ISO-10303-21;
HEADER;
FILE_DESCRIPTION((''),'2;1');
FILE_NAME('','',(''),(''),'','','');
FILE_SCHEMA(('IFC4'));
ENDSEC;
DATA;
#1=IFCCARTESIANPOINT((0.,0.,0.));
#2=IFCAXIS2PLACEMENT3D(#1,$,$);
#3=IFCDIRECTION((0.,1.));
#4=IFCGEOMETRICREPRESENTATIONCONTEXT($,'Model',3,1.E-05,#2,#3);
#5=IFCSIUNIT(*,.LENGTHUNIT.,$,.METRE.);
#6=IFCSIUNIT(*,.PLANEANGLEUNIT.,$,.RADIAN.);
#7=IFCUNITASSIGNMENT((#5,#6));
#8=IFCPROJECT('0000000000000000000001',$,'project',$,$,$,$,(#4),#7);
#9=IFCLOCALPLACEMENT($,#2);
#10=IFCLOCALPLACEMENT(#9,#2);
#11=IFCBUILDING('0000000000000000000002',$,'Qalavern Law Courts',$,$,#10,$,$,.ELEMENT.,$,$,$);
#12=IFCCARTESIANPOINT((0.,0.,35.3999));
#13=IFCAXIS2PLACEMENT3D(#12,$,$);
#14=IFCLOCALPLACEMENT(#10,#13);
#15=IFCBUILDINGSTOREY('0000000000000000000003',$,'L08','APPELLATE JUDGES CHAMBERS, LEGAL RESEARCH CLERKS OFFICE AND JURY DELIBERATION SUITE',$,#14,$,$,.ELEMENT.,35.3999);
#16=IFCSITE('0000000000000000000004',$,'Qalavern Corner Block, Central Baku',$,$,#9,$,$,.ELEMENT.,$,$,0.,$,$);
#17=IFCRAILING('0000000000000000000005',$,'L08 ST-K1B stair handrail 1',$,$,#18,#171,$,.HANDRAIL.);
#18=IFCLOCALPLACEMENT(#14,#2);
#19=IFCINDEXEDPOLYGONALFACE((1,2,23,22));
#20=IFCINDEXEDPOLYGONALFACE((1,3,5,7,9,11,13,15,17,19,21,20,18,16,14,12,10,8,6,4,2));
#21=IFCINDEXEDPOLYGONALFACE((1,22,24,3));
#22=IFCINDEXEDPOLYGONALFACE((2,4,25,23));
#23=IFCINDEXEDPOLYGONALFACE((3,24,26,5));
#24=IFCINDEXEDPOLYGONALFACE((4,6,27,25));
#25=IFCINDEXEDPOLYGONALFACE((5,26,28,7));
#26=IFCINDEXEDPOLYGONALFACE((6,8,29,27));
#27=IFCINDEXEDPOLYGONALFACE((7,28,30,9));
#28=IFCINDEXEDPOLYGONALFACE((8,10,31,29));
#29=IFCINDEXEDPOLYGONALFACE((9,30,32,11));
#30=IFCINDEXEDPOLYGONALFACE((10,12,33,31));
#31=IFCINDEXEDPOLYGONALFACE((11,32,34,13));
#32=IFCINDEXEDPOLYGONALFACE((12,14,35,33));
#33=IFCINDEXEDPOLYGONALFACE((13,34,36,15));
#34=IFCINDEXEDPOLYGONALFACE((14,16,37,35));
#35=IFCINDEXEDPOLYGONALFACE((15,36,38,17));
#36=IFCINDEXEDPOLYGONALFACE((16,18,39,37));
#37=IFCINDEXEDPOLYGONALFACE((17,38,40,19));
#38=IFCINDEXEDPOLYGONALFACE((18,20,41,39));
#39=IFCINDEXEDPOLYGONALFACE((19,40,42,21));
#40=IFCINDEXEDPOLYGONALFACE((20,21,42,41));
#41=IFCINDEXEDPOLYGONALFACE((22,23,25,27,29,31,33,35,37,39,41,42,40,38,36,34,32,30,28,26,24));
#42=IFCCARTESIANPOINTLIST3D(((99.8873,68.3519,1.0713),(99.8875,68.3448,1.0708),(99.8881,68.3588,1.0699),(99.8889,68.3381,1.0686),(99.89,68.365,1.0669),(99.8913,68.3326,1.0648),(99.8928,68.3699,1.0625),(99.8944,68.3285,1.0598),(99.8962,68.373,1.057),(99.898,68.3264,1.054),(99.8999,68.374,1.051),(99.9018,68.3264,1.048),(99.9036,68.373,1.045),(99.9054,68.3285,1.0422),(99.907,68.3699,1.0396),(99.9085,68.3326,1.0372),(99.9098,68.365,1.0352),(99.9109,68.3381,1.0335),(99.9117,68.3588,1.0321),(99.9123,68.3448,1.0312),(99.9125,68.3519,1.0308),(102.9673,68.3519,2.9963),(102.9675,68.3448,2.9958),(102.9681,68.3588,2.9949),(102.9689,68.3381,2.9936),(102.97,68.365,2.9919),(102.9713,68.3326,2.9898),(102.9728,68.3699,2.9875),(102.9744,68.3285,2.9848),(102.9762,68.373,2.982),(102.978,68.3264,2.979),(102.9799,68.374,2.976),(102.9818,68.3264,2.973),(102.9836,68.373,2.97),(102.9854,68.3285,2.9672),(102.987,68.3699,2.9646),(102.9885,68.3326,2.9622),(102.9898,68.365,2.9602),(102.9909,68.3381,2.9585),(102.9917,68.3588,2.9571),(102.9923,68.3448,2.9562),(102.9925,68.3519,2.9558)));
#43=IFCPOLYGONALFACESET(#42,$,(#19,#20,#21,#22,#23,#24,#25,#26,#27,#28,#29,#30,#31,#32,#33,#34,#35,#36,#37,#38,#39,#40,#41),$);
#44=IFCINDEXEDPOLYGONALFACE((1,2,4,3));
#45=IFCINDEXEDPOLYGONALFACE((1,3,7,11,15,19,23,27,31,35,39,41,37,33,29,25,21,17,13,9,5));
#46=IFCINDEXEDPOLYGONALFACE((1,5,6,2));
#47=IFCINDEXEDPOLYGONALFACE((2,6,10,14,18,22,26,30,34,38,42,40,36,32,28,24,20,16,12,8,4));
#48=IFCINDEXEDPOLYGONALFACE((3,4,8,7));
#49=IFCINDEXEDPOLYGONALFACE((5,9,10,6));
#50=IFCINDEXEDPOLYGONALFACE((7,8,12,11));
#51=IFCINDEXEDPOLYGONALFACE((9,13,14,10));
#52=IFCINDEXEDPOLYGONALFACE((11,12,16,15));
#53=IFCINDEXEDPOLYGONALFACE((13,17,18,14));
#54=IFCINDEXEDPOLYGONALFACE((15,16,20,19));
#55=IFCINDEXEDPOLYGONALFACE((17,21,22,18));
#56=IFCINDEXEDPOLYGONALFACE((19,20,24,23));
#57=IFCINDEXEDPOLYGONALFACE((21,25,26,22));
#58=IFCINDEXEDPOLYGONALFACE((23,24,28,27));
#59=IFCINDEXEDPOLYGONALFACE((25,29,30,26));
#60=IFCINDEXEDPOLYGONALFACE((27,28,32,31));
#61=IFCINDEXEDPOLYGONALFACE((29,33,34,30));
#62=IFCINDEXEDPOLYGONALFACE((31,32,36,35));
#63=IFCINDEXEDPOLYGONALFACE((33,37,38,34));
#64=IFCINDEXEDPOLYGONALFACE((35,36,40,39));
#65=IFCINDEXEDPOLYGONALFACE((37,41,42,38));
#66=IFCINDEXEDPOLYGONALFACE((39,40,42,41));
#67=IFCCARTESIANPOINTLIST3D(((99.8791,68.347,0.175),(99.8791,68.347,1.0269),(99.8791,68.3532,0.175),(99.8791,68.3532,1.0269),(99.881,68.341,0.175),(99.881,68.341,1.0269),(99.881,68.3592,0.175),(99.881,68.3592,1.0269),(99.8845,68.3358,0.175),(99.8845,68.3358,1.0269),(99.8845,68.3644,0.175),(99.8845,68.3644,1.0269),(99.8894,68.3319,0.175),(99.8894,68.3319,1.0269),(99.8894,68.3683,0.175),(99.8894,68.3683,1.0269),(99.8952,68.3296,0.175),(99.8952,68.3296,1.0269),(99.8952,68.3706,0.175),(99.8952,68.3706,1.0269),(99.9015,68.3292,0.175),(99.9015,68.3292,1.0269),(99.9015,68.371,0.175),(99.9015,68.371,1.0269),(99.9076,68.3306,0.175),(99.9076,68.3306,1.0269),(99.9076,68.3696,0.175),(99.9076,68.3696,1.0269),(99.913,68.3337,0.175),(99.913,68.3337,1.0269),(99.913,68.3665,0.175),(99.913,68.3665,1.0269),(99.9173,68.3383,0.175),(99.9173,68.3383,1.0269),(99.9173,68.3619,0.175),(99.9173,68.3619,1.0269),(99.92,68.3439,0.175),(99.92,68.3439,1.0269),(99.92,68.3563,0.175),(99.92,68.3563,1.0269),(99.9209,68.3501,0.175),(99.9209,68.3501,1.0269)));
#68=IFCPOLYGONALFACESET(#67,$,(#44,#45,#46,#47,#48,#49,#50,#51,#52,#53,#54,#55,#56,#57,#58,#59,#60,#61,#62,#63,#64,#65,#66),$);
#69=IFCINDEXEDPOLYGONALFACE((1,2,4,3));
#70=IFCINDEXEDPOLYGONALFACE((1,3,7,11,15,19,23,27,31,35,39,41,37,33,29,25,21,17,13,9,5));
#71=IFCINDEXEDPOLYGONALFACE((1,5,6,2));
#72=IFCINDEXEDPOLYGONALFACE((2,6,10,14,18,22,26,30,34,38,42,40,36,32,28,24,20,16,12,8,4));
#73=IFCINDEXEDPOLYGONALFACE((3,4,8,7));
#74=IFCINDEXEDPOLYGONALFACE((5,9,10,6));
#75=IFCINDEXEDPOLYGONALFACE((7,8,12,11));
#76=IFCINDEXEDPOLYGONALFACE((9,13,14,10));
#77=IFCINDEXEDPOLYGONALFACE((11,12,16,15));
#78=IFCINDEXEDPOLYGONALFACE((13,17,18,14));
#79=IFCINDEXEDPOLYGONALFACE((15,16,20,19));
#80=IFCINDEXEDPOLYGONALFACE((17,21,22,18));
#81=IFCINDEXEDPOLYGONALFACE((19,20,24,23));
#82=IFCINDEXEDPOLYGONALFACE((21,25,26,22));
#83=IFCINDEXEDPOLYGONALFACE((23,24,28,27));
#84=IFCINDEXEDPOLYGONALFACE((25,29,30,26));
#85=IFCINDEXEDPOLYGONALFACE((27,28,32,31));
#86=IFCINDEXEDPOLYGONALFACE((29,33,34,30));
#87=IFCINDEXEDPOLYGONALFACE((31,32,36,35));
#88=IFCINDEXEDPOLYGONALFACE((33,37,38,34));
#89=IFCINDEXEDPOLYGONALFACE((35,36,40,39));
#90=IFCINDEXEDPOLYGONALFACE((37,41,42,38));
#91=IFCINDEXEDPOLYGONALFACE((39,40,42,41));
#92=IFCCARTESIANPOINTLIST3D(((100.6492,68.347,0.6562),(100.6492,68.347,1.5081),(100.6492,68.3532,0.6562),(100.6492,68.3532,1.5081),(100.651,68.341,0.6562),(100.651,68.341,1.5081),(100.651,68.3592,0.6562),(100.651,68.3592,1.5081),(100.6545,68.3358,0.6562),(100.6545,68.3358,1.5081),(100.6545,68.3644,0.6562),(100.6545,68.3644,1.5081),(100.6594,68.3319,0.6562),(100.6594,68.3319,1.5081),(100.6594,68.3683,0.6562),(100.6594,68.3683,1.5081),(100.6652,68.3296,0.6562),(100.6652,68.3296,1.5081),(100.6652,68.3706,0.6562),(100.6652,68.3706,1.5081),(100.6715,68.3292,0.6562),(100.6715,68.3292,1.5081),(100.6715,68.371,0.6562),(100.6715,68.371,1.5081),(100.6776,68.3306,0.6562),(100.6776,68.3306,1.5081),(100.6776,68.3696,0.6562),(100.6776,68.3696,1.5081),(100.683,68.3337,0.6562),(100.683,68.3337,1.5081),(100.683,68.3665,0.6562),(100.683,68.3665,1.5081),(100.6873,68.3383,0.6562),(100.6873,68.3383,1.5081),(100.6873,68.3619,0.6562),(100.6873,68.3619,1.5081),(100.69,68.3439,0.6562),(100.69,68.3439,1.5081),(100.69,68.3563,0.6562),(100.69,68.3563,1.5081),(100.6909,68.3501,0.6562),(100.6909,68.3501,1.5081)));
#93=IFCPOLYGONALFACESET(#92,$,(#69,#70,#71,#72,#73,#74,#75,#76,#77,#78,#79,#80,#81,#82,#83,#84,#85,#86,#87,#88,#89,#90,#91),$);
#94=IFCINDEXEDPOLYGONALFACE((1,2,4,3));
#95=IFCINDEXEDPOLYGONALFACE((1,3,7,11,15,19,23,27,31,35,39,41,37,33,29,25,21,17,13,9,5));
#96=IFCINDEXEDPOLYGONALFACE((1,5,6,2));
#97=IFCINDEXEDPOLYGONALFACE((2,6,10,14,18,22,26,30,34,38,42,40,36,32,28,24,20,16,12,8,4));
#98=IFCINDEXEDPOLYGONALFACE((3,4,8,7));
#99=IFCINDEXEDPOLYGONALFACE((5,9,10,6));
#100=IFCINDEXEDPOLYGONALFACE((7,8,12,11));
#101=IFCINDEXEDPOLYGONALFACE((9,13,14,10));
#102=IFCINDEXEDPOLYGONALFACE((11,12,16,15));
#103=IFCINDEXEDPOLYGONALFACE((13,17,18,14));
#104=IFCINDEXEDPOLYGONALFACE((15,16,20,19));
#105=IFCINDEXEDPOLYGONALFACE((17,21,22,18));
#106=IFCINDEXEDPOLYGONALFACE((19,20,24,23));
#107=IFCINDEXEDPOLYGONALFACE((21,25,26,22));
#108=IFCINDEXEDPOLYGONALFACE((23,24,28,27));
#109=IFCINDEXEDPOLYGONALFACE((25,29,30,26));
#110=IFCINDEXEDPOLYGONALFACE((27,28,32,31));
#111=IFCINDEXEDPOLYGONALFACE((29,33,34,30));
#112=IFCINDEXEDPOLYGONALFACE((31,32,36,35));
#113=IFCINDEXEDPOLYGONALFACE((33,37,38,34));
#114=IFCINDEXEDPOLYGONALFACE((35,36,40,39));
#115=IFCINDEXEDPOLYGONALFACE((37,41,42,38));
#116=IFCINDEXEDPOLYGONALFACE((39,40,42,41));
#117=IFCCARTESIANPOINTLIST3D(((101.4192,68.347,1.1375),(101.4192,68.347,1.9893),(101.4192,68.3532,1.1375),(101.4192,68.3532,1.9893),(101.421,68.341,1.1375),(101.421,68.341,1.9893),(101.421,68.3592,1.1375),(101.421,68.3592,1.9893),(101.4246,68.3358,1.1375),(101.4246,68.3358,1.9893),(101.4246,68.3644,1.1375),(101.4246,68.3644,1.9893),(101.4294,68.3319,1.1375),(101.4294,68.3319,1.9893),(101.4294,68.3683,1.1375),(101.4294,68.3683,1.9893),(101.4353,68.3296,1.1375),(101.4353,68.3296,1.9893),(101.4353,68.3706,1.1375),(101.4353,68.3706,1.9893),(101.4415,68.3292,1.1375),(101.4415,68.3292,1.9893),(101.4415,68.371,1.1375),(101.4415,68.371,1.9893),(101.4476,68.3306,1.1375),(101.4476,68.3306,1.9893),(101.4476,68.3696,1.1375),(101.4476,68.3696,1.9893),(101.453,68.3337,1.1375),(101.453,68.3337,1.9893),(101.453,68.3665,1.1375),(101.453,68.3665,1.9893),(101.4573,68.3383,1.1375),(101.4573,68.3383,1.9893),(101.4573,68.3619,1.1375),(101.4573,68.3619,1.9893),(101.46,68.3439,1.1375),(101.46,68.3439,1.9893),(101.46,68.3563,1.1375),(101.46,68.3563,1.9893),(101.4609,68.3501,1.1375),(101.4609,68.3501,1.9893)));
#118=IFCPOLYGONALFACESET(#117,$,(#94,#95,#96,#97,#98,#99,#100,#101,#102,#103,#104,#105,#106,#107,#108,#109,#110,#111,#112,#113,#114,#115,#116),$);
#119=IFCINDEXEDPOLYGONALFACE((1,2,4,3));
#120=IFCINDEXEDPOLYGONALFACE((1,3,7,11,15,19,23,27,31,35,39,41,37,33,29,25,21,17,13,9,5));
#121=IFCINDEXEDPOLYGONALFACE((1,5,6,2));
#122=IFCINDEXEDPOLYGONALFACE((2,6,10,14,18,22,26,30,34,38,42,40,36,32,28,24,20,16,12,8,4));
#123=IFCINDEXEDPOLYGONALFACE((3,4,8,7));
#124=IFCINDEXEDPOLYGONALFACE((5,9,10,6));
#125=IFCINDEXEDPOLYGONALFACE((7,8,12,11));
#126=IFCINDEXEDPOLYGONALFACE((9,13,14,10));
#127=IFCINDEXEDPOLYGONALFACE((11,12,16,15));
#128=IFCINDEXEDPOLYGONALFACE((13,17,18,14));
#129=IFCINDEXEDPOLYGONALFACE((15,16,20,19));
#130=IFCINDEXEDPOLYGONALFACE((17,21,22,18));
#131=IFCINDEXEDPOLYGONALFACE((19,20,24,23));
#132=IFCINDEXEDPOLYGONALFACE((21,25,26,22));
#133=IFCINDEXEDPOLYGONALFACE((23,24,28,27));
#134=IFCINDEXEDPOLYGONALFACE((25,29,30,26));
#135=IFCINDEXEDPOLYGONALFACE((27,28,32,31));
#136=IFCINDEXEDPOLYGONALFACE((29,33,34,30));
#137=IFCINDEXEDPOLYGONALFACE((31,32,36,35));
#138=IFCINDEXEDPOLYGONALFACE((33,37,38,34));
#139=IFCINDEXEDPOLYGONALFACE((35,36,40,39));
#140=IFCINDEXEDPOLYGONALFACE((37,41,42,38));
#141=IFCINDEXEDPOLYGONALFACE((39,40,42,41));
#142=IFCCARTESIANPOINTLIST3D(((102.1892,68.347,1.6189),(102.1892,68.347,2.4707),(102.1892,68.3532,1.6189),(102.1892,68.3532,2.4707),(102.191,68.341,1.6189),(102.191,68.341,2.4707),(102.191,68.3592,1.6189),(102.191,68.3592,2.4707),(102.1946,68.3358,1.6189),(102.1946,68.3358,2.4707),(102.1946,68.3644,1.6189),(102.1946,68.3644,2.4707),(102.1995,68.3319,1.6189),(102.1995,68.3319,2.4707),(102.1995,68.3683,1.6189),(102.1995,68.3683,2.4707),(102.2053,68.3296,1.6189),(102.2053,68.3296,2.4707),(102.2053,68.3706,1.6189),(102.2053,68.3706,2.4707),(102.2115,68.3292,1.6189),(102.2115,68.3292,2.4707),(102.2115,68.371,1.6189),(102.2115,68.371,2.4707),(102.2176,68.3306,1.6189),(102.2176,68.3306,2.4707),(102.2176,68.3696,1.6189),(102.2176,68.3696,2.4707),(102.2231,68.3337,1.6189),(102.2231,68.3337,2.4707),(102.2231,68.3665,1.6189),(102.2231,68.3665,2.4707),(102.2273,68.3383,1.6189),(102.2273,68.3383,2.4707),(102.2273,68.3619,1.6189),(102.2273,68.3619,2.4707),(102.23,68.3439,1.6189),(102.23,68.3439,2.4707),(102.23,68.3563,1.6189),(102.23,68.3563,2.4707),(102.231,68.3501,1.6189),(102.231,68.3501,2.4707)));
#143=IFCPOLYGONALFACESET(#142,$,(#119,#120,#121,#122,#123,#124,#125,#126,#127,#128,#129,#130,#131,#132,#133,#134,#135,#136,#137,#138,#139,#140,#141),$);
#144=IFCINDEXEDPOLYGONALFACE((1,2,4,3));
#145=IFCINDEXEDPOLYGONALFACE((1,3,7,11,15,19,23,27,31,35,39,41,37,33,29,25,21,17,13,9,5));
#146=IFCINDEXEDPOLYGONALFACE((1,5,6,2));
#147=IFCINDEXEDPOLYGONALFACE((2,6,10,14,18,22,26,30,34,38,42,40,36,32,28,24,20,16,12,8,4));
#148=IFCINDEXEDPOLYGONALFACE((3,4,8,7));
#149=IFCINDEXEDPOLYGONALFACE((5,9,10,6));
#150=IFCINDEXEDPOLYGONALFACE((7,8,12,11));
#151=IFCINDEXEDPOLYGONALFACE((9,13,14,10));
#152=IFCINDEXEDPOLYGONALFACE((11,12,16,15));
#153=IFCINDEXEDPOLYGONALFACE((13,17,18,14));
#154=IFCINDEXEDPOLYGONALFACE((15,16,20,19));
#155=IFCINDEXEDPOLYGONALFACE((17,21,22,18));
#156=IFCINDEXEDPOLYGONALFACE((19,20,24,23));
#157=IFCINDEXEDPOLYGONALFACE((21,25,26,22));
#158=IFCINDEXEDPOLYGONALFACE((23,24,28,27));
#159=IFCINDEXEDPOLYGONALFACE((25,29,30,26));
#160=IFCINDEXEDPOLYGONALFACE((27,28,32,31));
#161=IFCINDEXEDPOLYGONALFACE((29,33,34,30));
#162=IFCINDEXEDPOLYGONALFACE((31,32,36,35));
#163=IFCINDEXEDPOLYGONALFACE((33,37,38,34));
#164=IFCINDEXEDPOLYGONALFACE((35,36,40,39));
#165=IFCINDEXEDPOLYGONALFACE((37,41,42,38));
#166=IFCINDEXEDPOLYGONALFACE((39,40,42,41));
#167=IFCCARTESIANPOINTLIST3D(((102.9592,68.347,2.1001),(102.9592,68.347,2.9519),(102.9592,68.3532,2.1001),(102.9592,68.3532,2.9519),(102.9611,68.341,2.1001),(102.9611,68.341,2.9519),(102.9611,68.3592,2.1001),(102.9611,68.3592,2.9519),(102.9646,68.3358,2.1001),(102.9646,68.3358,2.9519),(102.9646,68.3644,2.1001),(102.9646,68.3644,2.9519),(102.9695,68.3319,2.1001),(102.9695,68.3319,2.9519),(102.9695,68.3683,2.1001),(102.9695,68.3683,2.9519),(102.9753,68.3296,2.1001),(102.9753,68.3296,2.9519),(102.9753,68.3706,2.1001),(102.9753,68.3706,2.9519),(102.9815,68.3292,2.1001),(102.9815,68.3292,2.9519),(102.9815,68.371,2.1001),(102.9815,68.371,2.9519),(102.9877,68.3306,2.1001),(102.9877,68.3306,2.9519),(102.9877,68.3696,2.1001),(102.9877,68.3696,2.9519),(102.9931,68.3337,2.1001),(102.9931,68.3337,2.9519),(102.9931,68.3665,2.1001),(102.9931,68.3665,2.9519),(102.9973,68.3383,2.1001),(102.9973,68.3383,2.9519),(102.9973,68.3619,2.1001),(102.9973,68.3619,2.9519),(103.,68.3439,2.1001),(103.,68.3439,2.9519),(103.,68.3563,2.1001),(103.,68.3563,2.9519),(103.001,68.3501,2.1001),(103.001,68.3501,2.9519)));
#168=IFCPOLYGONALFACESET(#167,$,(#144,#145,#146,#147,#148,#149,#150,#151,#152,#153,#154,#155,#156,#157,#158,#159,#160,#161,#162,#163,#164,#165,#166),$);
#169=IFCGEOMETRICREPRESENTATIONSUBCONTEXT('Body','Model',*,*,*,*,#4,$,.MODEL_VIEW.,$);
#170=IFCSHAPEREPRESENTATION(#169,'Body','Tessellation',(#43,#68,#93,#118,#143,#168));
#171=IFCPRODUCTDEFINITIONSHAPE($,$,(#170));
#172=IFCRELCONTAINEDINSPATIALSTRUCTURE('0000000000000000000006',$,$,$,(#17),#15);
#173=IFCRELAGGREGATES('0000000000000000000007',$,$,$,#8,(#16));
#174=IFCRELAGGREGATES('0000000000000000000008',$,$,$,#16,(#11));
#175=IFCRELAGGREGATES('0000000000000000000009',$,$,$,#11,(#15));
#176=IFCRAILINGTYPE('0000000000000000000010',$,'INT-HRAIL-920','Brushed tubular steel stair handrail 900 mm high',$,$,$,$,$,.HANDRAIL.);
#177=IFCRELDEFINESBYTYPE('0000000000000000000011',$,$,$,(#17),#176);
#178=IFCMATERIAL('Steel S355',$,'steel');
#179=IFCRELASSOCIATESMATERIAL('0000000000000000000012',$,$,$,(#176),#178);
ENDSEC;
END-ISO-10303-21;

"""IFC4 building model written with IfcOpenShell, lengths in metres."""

from ifc_helpers import new_model, si_unit, direction, frame, origin, origin_2d, place, context, subcontext, project, spatial, circle, extrude, material, type_object, element, save


model = new_model("IFC4")

# Units and contexts
model_context = context("Model", 3, precision=1e-05, world=origin(), true_north=direction((0.0, 1.0)))
body_context = subcontext(model_context, "Body", "Model", "MODEL_VIEW")
ifc_project = project(units=[si_unit("LENGTHUNIT", "METRE"), si_unit("PLANEANGLEUNIT", "RADIAN")], contexts=[model_context])

# Site, building, storey
site_placement = place(None, origin())
site = spatial("IfcSite", under=ifc_project, at=site_placement, Name="Qalavern Corner Block, Central Baku", CompositionType="ELEMENT", RefElevation=0.0)
building_placement = place(site_placement, origin())
building = spatial("IfcBuilding", under=site, at=building_placement, Name="Qalavern Law Courts", CompositionType="ELEMENT")
storey_placement = place(building_placement, frame((0.0, 0.0, 35.3999)))
storey = spatial("IfcBuildingStorey", under=building, at=storey_placement, Name="L08", Description="APPELLATE JUDGES CHAMBERS, LEGAL RESEARCH CLERKS OFFICE AND JURY DELIBERATION SUITE", CompositionType="ELEMENT", Elevation=35.3999)

# Shared definitions
ifc_material_1 = material(Name="Steel S355", Category="steel")

# Railing
railing_type_1 = type_object("IfcRailingType", Name="INT-HRAIL-920", Description="Brushed tubular steel stair handrail 900 mm high", PredefinedType="HANDRAIL", material=ifc_material_1)
railing_1_placement = place(storey_placement, frame((99.8999, 68.3501, 0.175)))
element("IfcRailing", 1, at=railing_1_placement, inside=storey, type_object=railing_type_1, Name="L08 ST-K1B stair handrail 1", PredefinedType="HANDRAIL", context=body_context, shape_type="SweptSolid", body=[
    extrude(circle(Radius=0.0239, at=origin_2d()), frame((0.0, 0.0, 0.876), z_axis=(0.847998, 0.0, 0.529999), x_axis=(0.0, 1.0, 0.0)), (0.0, 0.0, 1.0), 3.6321),
    extrude(circle(Radius=0.021, at=origin_2d()), origin(), (0.0, 0.0, 1.0), 0.8518),
    extrude(circle(Radius=0.021, at=origin_2d()), frame((0.77, 0.0, 0.4812)), (0.0, 0.0, 1.0), 0.8518),
    extrude(circle(Radius=0.021, at=origin_2d()), frame((1.54, 0.0, 0.9624)), (0.0, 0.0, 1.0), 0.8518),
    extrude(circle(Radius=0.021, at=origin_2d()), frame((2.3101, 0.0, 1.4438)), (0.0, 0.0, 1.0), 0.8518),
    extrude(circle(Radius=0.021, at=origin_2d()), frame((3.0801, 0.0, 1.925)), (0.0, 0.0, 1.0), 0.8518),
])

save(model, "model.ifc")
